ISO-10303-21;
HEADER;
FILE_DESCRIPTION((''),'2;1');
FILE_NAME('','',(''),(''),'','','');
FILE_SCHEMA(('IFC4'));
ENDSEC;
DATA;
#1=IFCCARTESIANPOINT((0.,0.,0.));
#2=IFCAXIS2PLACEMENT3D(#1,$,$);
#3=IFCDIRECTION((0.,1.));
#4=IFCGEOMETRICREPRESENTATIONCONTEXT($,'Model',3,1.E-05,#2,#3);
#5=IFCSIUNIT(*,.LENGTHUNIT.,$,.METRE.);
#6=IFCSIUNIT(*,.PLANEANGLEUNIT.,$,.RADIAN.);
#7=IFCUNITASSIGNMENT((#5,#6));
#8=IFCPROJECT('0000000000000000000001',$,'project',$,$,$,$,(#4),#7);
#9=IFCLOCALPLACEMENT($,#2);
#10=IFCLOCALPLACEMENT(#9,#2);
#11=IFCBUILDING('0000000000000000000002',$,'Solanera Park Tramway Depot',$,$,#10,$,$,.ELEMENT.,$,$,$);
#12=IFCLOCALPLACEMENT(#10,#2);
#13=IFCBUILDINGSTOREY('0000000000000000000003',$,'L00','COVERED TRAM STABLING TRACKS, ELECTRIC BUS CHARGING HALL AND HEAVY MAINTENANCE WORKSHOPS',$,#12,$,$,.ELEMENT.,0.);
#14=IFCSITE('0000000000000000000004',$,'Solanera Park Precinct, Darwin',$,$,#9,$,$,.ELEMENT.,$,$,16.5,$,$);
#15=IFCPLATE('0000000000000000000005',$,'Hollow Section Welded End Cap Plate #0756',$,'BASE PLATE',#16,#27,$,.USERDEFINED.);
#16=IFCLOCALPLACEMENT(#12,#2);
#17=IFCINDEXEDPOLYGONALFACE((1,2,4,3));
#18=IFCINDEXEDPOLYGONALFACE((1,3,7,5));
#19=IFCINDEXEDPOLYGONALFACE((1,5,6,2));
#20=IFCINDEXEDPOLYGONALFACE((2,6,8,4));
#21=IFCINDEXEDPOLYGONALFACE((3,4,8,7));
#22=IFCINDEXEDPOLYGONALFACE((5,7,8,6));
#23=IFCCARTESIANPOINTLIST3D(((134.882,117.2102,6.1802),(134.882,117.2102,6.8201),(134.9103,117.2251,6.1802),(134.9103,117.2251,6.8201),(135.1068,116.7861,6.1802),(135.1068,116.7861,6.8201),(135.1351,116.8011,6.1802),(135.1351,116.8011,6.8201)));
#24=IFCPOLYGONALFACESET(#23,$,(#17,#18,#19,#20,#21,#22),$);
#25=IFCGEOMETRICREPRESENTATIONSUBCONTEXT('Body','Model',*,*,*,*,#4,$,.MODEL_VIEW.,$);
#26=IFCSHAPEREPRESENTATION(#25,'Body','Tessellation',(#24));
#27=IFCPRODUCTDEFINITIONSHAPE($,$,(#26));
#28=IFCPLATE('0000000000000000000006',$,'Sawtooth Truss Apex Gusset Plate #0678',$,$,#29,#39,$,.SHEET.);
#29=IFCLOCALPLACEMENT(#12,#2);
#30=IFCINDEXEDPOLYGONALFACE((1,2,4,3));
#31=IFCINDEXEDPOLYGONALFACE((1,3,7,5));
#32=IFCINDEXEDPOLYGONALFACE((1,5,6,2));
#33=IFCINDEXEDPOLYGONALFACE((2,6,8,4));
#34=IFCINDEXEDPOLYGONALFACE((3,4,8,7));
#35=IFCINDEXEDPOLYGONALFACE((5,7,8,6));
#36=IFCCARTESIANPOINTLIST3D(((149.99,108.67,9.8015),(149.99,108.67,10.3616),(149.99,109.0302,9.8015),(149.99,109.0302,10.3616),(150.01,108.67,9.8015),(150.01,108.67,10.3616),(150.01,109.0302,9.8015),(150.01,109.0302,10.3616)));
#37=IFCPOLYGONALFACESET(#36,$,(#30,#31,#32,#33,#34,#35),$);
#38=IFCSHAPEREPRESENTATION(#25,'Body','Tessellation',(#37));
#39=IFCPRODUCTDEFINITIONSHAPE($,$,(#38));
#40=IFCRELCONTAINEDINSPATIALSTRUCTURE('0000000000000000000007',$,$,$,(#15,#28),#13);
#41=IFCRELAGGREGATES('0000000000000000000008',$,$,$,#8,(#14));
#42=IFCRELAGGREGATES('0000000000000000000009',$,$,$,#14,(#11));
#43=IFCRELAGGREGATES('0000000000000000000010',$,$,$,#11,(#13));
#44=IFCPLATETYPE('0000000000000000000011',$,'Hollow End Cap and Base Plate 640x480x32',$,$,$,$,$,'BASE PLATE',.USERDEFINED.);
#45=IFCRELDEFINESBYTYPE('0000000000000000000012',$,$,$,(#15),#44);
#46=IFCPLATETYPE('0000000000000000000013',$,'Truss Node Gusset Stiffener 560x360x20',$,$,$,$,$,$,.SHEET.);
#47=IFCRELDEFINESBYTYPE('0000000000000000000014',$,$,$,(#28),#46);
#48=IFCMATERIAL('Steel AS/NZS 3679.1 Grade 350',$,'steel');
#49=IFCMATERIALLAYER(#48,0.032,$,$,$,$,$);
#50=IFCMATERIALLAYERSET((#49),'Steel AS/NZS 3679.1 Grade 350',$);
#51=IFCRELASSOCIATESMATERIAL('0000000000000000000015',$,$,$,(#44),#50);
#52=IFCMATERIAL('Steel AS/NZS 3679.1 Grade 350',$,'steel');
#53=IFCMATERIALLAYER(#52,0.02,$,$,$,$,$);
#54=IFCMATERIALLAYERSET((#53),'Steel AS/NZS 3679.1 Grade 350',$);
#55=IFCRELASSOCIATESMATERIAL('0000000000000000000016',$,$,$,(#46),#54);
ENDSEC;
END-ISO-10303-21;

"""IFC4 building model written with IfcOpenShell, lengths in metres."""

from ifc_helpers import new_model, si_unit, direction, frame, origin, origin_2d, place, context, subcontext, project, spatial, rectangle, extrude, material, layer, layer_set, type_object, element, save


model = new_model("IFC4")

# Units and contexts
model_context = context("Model", 3, precision=1e-05, world=origin(), true_north=direction((0.0, 1.0)))
body_context = subcontext(model_context, "Body", "Model", "MODEL_VIEW")
ifc_project = project(units=[si_unit("LENGTHUNIT", "METRE"), si_unit("PLANEANGLEUNIT", "RADIAN")], contexts=[model_context])

# Site, building, storey
site_placement = place(None, origin())
site = spatial("IfcSite", under=ifc_project, at=site_placement, Name="Solanera Park Precinct, Darwin", CompositionType="ELEMENT", RefElevation=16.5)
building_placement = place(site_placement, origin())
building = spatial("IfcBuilding", under=site, at=building_placement, Name="Solanera Park Tramway Depot", CompositionType="ELEMENT")
storey_placement = place(building_placement, origin())
storey = spatial("IfcBuildingStorey", under=building, at=storey_placement, Name="L00", Description="COVERED TRAM STABLING TRACKS, ELECTRIC BUS CHARGING HALL AND HEAVY MAINTENANCE WORKSHOPS", CompositionType="ELEMENT", Elevation=0.0)

# Plates
ifc_material_1 = material(Name="Steel AS/NZS 3679.1 Grade 350", Category="steel")
ifc_layer_1 = layer(ifc_material_1, 0.032)
ifc_layer_set_1 = layer_set([ifc_layer_1], Name="Steel AS/NZS 3679.1 Grade 350")
plate_type_1 = type_object("IfcPlateType", Name="Hollow End Cap and Base Plate 640x480x32", ElementType="BASE PLATE", PredefinedType="USERDEFINED", material=ifc_layer_set_1)
plate_1_placement = place(storey_placement, frame((135.0085, 117.0056, 6.1802), z_axis=(0.0, 0.0, 1.0), x_axis=(0.883521, 0.468392, 0.0)))
element("IfcPlate", 1, at=plate_1_placement, inside=storey, type_object=plate_type_1, Name="Hollow Section Welded End Cap Plate #0756", ObjectType="BASE PLATE", PredefinedType="USERDEFINED", context=body_context, shape_type="SweptSolid", body=[
    extrude(rectangle(XDim=0.032, YDim=0.48, at=origin_2d()), origin(), (0.0, 0.0, 1.0), 0.6399),
])
ifc_material_2 = material(Name="Steel AS/NZS 3679.1 Grade 350", Category="steel")
ifc_layer_2 = layer(ifc_material_2, 0.02)
ifc_layer_set_2 = layer_set([ifc_layer_2], Name="Steel AS/NZS 3679.1 Grade 350")
plate_type_2 = type_object("IfcPlateType", Name="Truss Node Gusset Stiffener 560x360x20", PredefinedType="SHEET", material=ifc_layer_set_2)
plate_2_placement = place(storey_placement, frame((150.0, 108.8501, 9.8015), z_axis=(0.0, 0.0, 1.0), x_axis=(1.0, 0.0, 0.0)))
element("IfcPlate", 2, at=plate_2_placement, inside=storey, type_object=plate_type_2, Name="Sawtooth Truss Apex Gusset Plate #0678", PredefinedType="SHEET", context=body_context, shape_type="SweptSolid", body=[
    extrude(rectangle(XDim=0.02, YDim=0.3601, at=origin_2d()), origin(), (0.0, 0.0, 1.0), 0.5601),
])

save(model, "model.ifc")
